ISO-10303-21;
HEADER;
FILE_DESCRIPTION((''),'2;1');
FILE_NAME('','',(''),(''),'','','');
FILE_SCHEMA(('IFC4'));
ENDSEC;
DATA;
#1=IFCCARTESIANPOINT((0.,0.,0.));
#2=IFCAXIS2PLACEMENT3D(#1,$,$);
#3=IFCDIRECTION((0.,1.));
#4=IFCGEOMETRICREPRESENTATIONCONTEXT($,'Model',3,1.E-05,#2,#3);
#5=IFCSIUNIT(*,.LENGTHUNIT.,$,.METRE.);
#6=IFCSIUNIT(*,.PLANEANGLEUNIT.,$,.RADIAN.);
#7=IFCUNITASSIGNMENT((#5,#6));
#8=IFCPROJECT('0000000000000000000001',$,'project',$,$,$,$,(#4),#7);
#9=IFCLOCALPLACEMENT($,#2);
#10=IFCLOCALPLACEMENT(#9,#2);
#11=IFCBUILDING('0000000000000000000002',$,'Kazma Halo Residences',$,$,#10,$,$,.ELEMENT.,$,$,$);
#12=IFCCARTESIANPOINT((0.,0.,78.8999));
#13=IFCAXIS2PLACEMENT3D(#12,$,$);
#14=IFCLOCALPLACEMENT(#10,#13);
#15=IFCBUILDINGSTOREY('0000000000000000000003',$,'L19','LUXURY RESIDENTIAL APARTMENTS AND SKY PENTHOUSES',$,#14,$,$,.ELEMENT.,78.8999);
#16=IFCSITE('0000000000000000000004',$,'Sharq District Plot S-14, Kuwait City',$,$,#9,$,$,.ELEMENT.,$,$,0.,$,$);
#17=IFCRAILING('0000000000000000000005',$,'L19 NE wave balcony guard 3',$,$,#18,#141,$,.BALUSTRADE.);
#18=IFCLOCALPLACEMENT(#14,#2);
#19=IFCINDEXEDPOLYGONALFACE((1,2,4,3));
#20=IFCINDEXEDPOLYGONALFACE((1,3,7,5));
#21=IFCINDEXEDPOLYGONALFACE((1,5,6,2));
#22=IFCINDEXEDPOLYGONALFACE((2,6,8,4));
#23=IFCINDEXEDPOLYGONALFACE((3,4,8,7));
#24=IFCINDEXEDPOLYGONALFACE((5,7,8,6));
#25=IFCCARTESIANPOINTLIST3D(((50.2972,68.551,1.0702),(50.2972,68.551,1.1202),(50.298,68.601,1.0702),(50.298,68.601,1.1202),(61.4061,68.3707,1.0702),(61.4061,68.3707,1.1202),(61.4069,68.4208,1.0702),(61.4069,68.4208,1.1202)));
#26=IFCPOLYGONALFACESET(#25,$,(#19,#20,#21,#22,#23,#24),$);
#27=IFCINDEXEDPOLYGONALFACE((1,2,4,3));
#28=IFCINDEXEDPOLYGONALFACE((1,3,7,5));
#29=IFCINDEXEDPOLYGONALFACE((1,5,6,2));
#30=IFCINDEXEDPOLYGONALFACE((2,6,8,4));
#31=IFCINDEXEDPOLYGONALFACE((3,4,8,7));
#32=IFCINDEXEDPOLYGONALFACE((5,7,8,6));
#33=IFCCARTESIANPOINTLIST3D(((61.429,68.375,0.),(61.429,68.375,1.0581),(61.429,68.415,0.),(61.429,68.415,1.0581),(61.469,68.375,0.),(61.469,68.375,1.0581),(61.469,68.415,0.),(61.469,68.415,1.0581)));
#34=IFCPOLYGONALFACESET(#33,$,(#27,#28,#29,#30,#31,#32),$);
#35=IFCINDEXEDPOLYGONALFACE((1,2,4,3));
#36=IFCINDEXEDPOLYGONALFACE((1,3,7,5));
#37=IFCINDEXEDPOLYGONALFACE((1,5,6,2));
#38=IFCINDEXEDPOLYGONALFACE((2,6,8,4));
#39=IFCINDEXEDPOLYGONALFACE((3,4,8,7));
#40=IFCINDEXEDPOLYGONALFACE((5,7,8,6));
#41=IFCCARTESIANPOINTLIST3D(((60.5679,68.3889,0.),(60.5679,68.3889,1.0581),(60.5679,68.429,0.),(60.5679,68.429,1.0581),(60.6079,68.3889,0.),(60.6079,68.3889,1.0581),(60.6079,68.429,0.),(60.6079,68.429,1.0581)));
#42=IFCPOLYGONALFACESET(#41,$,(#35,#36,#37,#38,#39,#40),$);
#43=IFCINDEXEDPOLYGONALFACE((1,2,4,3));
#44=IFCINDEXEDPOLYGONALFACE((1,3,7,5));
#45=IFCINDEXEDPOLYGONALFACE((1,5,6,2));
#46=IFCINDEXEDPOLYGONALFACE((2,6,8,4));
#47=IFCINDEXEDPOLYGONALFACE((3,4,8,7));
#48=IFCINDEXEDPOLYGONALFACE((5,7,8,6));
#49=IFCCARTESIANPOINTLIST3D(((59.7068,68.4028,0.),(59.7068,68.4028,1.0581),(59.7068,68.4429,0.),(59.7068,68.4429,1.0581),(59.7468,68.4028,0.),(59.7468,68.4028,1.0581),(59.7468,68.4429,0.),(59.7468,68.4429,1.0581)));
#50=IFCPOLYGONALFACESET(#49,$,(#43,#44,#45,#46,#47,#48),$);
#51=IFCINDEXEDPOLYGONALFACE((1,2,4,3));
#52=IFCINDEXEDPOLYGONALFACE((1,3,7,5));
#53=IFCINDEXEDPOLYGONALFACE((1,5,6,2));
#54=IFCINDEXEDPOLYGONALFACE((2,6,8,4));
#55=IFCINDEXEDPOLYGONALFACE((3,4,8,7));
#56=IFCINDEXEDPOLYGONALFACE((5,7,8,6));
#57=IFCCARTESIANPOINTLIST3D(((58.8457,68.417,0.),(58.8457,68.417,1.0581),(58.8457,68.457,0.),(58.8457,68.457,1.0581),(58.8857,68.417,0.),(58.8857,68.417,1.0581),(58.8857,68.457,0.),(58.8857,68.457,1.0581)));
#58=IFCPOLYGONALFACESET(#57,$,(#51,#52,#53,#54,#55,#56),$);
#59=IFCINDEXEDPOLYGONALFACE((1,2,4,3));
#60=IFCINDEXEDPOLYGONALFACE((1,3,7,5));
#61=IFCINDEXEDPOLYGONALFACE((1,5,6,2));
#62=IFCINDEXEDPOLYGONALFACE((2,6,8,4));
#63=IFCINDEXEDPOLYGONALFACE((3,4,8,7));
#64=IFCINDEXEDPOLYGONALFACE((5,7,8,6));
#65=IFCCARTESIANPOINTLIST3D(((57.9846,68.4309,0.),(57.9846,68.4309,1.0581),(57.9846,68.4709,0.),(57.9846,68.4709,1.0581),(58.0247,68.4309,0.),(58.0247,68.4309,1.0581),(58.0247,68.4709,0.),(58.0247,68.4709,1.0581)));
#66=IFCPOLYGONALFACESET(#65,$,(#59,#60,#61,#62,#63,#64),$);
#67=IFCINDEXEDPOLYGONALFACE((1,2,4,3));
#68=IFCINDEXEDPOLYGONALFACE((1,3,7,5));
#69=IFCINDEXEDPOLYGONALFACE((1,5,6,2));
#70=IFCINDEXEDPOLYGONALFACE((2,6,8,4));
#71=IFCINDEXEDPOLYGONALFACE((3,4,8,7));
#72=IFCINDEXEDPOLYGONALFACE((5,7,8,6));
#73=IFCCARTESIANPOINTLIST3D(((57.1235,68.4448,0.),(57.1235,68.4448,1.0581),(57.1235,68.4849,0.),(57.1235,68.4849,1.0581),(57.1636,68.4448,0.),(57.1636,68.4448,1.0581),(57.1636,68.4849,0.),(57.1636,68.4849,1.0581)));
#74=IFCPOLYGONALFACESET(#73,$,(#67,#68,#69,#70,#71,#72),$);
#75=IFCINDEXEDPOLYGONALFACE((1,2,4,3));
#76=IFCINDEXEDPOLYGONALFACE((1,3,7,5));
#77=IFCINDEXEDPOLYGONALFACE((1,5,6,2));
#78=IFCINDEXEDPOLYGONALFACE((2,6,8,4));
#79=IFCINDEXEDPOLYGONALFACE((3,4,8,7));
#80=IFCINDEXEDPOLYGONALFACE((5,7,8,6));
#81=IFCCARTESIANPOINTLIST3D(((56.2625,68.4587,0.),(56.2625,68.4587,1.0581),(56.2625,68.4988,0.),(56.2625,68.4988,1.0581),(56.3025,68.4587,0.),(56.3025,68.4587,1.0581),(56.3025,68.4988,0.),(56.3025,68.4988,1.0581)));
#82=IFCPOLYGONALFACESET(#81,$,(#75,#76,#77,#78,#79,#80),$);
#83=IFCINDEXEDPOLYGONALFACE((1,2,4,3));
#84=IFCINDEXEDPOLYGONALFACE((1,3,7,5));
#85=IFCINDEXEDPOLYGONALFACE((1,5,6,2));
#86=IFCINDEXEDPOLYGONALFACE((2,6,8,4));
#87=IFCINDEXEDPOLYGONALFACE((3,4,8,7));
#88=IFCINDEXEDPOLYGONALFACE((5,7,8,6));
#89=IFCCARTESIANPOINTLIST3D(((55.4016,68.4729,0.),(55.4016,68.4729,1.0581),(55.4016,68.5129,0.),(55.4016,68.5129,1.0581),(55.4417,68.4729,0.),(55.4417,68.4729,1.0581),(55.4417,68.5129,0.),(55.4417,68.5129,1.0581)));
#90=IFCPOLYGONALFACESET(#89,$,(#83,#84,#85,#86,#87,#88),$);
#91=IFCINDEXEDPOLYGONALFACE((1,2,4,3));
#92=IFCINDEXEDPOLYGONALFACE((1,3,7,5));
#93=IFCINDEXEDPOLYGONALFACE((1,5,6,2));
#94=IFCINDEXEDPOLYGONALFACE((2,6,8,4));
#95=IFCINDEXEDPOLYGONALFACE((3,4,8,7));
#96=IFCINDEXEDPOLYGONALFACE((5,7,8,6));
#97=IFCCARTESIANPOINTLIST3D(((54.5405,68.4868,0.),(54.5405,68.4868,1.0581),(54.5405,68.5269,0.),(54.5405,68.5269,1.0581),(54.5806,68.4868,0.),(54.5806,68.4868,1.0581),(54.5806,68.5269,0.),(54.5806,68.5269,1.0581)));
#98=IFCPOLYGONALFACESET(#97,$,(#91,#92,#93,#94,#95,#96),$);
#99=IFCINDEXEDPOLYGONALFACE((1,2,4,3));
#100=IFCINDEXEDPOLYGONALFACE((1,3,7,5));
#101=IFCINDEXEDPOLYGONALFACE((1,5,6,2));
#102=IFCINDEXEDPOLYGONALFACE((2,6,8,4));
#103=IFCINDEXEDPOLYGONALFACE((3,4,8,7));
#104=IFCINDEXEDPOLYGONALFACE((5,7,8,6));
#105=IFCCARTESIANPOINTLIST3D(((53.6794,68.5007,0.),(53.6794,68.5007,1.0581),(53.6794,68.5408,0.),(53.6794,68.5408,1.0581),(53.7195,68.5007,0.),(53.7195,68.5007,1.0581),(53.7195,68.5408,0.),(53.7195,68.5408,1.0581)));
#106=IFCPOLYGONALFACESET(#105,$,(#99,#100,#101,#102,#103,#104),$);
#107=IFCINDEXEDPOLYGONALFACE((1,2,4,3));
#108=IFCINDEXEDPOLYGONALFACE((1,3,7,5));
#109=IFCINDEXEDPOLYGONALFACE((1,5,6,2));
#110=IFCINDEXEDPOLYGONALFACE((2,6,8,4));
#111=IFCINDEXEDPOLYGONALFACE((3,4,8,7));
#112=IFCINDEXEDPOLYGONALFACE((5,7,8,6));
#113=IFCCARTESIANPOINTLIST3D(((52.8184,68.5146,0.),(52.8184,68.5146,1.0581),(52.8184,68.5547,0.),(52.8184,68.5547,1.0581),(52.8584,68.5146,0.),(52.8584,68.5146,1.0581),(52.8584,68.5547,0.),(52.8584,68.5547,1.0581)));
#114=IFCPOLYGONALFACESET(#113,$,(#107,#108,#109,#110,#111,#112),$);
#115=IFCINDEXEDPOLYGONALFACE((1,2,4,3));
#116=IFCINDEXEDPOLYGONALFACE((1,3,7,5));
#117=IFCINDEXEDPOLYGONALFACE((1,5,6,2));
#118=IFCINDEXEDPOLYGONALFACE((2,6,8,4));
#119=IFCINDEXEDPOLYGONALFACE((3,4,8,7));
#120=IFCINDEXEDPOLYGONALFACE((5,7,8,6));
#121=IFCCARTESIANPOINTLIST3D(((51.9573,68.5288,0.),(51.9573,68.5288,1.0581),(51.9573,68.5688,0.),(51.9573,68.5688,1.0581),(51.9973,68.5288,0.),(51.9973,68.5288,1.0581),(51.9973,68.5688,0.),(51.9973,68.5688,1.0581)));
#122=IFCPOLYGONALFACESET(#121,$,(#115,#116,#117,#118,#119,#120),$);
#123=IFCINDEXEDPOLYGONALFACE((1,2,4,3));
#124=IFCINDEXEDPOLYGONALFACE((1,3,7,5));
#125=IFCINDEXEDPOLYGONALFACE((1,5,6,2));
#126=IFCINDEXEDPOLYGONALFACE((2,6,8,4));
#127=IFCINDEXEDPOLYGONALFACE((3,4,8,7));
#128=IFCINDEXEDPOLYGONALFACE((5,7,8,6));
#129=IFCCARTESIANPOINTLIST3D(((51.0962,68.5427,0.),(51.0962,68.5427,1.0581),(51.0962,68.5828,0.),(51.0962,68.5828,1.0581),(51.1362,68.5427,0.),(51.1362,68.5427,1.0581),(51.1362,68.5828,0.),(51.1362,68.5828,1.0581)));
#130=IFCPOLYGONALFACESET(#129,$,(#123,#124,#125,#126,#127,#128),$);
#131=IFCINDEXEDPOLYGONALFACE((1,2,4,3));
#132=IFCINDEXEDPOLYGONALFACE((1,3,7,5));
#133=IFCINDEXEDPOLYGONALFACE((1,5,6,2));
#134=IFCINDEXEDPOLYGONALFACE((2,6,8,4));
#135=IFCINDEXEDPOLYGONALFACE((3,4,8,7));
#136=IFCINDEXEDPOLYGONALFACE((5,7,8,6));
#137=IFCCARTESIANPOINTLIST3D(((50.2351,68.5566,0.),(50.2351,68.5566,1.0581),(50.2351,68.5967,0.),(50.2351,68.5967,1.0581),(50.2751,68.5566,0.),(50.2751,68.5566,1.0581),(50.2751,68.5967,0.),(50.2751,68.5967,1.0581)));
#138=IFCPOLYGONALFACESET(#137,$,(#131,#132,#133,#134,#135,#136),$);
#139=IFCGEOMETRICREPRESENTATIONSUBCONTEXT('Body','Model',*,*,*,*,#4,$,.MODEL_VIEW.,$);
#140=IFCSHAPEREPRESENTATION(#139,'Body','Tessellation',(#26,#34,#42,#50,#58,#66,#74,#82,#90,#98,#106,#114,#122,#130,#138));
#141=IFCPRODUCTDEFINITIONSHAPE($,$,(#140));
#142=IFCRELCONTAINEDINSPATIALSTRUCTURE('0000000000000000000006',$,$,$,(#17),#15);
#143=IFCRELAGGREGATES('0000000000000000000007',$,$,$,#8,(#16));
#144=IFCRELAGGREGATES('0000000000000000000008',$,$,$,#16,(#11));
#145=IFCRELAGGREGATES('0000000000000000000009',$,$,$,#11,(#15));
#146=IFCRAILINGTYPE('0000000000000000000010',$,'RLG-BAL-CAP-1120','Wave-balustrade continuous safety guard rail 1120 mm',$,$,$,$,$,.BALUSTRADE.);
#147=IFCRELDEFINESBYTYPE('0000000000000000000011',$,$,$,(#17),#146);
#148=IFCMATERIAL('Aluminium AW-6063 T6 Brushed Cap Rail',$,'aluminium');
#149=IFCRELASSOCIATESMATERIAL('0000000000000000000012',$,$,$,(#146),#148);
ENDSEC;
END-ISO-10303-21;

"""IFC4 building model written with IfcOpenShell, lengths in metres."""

from ifc_helpers import new_model, si_unit, direction, frame, origin, origin_2d, place, context, subcontext, project, spatial, rectangle, extrude, material, type_object, element, save


model = new_model("IFC4")

# Units and contexts
model_context = context("Model", 3, precision=1e-05, world=origin(), true_north=direction((0.0, 1.0)))
body_context = subcontext(model_context, "Body", "Model", "MODEL_VIEW")
ifc_project = project(units=[si_unit("LENGTHUNIT", "METRE"), si_unit("PLANEANGLEUNIT", "RADIAN")], contexts=[model_context])

# Site, building, storey
site_placement = place(None, origin())
site = spatial("IfcSite", under=ifc_project, at=site_placement, Name="Sharq District Plot S-14, Kuwait City", CompositionType="ELEMENT", RefElevation=0.0)
building_placement = place(site_placement, origin())
building = spatial("IfcBuilding", under=site, at=building_placement, Name="Kazma Halo Residences", CompositionType="ELEMENT")
storey_placement = place(building_placement, frame((0.0, 0.0, 78.8999)))
storey = spatial("IfcBuildingStorey", under=building, at=storey_placement, Name="L19", Description="LUXURY RESIDENTIAL APARTMENTS AND SKY PENTHOUSES", CompositionType="ELEMENT", Elevation=78.8999)

# Railing
ifc_material_1 = material(Name="Aluminium AW-6063 T6 Brushed Cap Rail", Category="aluminium")
railing_type = type_object("IfcRailingType", Name="RLG-BAL-CAP-1120", Description="Wave-balustrade continuous safety guard rail 1120 mm", PredefinedType="BALUSTRADE", material=ifc_material_1)
railing_1_placement = place(storey_placement, frame((61.449, 68.395, 0.0)))
element("IfcRailing", 1, at=railing_1_placement, inside=storey, type_object=railing_type, Name="L19 NE wave balcony guard 3", PredefinedType="BALUSTRADE", context=body_context, shape_type="SweptSolid", body=[
    extrude(rectangle(XDim=0.05, YDim=0.05, at=origin_2d()), frame((-0.0425, 0.0007, 1.0952), z_axis=(-0.999868, 0.016225, 0.0), x_axis=(-0.016225, -0.999868, 0.0)), (0.0, 0.0, 1.0), 11.1104),
    extrude(rectangle(XDim=0.04, YDim=0.04, at=origin_2d()), origin(), (0.0, 0.0, 1.0), 1.0581),
    extrude(rectangle(XDim=0.04, YDim=0.04, at=origin_2d()), frame((-0.8611, 0.0139, 0.0)), (0.0, 0.0, 1.0), 1.0581),
    extrude(rectangle(XDim=0.04, YDim=0.04, at=origin_2d()), frame((-1.7222, 0.0278, 0.0)), (0.0, 0.0, 1.0), 1.0581),
    extrude(rectangle(XDim=0.04, YDim=0.04, at=origin_2d()), frame((-2.5833, 0.042, 0.0)), (0.0, 0.0, 1.0), 1.0581),
    extrude(rectangle(XDim=0.04, YDim=0.04, at=origin_2d()), frame((-3.4443, 0.0559, 0.0)), (0.0, 0.0, 1.0), 1.0581),
    extrude(rectangle(XDim=0.04, YDim=0.04, at=origin_2d()), frame((-4.3054, 0.0698, 0.0)), (0.0, 0.0, 1.0), 1.0581),
    extrude(rectangle(XDim=0.04, YDim=0.04, at=origin_2d()), frame((-5.1665, 0.0837, 0.0)), (0.0, 0.0, 1.0), 1.0581),
    extrude(rectangle(XDim=0.04, YDim=0.04, at=origin_2d()), frame((-6.0273, 0.0979, 0.0)), (0.0, 0.0, 1.0), 1.0581),
    extrude(rectangle(XDim=0.04, YDim=0.04, at=origin_2d()), frame((-6.8884, 0.1118, 0.0)), (0.0, 0.0, 1.0), 1.0581),
    extrude(rectangle(XDim=0.04, YDim=0.04, at=origin_2d()), frame((-7.7495, 0.1257, 0.0)), (0.0, 0.0, 1.0), 1.0581),
    extrude(rectangle(XDim=0.04, YDim=0.04, at=origin_2d()), frame((-8.6106, 0.1396, 0.0)), (0.0, 0.0, 1.0), 1.0581),
    extrude(rectangle(XDim=0.04, YDim=0.04, at=origin_2d()), frame((-9.4717, 0.1538, 0.0)), (0.0, 0.0, 1.0), 1.0581),
    extrude(rectangle(XDim=0.04, YDim=0.04, at=origin_2d()), frame((-10.3328, 0.1677, 0.0)), (0.0, 0.0, 1.0), 1.0581),
    extrude(rectangle(XDim=0.04, YDim=0.04, at=origin_2d()), frame((-11.1938, 0.1816, 0.0)), (0.0, 0.0, 1.0), 1.0581),
])

save(model, "model.ifc")
